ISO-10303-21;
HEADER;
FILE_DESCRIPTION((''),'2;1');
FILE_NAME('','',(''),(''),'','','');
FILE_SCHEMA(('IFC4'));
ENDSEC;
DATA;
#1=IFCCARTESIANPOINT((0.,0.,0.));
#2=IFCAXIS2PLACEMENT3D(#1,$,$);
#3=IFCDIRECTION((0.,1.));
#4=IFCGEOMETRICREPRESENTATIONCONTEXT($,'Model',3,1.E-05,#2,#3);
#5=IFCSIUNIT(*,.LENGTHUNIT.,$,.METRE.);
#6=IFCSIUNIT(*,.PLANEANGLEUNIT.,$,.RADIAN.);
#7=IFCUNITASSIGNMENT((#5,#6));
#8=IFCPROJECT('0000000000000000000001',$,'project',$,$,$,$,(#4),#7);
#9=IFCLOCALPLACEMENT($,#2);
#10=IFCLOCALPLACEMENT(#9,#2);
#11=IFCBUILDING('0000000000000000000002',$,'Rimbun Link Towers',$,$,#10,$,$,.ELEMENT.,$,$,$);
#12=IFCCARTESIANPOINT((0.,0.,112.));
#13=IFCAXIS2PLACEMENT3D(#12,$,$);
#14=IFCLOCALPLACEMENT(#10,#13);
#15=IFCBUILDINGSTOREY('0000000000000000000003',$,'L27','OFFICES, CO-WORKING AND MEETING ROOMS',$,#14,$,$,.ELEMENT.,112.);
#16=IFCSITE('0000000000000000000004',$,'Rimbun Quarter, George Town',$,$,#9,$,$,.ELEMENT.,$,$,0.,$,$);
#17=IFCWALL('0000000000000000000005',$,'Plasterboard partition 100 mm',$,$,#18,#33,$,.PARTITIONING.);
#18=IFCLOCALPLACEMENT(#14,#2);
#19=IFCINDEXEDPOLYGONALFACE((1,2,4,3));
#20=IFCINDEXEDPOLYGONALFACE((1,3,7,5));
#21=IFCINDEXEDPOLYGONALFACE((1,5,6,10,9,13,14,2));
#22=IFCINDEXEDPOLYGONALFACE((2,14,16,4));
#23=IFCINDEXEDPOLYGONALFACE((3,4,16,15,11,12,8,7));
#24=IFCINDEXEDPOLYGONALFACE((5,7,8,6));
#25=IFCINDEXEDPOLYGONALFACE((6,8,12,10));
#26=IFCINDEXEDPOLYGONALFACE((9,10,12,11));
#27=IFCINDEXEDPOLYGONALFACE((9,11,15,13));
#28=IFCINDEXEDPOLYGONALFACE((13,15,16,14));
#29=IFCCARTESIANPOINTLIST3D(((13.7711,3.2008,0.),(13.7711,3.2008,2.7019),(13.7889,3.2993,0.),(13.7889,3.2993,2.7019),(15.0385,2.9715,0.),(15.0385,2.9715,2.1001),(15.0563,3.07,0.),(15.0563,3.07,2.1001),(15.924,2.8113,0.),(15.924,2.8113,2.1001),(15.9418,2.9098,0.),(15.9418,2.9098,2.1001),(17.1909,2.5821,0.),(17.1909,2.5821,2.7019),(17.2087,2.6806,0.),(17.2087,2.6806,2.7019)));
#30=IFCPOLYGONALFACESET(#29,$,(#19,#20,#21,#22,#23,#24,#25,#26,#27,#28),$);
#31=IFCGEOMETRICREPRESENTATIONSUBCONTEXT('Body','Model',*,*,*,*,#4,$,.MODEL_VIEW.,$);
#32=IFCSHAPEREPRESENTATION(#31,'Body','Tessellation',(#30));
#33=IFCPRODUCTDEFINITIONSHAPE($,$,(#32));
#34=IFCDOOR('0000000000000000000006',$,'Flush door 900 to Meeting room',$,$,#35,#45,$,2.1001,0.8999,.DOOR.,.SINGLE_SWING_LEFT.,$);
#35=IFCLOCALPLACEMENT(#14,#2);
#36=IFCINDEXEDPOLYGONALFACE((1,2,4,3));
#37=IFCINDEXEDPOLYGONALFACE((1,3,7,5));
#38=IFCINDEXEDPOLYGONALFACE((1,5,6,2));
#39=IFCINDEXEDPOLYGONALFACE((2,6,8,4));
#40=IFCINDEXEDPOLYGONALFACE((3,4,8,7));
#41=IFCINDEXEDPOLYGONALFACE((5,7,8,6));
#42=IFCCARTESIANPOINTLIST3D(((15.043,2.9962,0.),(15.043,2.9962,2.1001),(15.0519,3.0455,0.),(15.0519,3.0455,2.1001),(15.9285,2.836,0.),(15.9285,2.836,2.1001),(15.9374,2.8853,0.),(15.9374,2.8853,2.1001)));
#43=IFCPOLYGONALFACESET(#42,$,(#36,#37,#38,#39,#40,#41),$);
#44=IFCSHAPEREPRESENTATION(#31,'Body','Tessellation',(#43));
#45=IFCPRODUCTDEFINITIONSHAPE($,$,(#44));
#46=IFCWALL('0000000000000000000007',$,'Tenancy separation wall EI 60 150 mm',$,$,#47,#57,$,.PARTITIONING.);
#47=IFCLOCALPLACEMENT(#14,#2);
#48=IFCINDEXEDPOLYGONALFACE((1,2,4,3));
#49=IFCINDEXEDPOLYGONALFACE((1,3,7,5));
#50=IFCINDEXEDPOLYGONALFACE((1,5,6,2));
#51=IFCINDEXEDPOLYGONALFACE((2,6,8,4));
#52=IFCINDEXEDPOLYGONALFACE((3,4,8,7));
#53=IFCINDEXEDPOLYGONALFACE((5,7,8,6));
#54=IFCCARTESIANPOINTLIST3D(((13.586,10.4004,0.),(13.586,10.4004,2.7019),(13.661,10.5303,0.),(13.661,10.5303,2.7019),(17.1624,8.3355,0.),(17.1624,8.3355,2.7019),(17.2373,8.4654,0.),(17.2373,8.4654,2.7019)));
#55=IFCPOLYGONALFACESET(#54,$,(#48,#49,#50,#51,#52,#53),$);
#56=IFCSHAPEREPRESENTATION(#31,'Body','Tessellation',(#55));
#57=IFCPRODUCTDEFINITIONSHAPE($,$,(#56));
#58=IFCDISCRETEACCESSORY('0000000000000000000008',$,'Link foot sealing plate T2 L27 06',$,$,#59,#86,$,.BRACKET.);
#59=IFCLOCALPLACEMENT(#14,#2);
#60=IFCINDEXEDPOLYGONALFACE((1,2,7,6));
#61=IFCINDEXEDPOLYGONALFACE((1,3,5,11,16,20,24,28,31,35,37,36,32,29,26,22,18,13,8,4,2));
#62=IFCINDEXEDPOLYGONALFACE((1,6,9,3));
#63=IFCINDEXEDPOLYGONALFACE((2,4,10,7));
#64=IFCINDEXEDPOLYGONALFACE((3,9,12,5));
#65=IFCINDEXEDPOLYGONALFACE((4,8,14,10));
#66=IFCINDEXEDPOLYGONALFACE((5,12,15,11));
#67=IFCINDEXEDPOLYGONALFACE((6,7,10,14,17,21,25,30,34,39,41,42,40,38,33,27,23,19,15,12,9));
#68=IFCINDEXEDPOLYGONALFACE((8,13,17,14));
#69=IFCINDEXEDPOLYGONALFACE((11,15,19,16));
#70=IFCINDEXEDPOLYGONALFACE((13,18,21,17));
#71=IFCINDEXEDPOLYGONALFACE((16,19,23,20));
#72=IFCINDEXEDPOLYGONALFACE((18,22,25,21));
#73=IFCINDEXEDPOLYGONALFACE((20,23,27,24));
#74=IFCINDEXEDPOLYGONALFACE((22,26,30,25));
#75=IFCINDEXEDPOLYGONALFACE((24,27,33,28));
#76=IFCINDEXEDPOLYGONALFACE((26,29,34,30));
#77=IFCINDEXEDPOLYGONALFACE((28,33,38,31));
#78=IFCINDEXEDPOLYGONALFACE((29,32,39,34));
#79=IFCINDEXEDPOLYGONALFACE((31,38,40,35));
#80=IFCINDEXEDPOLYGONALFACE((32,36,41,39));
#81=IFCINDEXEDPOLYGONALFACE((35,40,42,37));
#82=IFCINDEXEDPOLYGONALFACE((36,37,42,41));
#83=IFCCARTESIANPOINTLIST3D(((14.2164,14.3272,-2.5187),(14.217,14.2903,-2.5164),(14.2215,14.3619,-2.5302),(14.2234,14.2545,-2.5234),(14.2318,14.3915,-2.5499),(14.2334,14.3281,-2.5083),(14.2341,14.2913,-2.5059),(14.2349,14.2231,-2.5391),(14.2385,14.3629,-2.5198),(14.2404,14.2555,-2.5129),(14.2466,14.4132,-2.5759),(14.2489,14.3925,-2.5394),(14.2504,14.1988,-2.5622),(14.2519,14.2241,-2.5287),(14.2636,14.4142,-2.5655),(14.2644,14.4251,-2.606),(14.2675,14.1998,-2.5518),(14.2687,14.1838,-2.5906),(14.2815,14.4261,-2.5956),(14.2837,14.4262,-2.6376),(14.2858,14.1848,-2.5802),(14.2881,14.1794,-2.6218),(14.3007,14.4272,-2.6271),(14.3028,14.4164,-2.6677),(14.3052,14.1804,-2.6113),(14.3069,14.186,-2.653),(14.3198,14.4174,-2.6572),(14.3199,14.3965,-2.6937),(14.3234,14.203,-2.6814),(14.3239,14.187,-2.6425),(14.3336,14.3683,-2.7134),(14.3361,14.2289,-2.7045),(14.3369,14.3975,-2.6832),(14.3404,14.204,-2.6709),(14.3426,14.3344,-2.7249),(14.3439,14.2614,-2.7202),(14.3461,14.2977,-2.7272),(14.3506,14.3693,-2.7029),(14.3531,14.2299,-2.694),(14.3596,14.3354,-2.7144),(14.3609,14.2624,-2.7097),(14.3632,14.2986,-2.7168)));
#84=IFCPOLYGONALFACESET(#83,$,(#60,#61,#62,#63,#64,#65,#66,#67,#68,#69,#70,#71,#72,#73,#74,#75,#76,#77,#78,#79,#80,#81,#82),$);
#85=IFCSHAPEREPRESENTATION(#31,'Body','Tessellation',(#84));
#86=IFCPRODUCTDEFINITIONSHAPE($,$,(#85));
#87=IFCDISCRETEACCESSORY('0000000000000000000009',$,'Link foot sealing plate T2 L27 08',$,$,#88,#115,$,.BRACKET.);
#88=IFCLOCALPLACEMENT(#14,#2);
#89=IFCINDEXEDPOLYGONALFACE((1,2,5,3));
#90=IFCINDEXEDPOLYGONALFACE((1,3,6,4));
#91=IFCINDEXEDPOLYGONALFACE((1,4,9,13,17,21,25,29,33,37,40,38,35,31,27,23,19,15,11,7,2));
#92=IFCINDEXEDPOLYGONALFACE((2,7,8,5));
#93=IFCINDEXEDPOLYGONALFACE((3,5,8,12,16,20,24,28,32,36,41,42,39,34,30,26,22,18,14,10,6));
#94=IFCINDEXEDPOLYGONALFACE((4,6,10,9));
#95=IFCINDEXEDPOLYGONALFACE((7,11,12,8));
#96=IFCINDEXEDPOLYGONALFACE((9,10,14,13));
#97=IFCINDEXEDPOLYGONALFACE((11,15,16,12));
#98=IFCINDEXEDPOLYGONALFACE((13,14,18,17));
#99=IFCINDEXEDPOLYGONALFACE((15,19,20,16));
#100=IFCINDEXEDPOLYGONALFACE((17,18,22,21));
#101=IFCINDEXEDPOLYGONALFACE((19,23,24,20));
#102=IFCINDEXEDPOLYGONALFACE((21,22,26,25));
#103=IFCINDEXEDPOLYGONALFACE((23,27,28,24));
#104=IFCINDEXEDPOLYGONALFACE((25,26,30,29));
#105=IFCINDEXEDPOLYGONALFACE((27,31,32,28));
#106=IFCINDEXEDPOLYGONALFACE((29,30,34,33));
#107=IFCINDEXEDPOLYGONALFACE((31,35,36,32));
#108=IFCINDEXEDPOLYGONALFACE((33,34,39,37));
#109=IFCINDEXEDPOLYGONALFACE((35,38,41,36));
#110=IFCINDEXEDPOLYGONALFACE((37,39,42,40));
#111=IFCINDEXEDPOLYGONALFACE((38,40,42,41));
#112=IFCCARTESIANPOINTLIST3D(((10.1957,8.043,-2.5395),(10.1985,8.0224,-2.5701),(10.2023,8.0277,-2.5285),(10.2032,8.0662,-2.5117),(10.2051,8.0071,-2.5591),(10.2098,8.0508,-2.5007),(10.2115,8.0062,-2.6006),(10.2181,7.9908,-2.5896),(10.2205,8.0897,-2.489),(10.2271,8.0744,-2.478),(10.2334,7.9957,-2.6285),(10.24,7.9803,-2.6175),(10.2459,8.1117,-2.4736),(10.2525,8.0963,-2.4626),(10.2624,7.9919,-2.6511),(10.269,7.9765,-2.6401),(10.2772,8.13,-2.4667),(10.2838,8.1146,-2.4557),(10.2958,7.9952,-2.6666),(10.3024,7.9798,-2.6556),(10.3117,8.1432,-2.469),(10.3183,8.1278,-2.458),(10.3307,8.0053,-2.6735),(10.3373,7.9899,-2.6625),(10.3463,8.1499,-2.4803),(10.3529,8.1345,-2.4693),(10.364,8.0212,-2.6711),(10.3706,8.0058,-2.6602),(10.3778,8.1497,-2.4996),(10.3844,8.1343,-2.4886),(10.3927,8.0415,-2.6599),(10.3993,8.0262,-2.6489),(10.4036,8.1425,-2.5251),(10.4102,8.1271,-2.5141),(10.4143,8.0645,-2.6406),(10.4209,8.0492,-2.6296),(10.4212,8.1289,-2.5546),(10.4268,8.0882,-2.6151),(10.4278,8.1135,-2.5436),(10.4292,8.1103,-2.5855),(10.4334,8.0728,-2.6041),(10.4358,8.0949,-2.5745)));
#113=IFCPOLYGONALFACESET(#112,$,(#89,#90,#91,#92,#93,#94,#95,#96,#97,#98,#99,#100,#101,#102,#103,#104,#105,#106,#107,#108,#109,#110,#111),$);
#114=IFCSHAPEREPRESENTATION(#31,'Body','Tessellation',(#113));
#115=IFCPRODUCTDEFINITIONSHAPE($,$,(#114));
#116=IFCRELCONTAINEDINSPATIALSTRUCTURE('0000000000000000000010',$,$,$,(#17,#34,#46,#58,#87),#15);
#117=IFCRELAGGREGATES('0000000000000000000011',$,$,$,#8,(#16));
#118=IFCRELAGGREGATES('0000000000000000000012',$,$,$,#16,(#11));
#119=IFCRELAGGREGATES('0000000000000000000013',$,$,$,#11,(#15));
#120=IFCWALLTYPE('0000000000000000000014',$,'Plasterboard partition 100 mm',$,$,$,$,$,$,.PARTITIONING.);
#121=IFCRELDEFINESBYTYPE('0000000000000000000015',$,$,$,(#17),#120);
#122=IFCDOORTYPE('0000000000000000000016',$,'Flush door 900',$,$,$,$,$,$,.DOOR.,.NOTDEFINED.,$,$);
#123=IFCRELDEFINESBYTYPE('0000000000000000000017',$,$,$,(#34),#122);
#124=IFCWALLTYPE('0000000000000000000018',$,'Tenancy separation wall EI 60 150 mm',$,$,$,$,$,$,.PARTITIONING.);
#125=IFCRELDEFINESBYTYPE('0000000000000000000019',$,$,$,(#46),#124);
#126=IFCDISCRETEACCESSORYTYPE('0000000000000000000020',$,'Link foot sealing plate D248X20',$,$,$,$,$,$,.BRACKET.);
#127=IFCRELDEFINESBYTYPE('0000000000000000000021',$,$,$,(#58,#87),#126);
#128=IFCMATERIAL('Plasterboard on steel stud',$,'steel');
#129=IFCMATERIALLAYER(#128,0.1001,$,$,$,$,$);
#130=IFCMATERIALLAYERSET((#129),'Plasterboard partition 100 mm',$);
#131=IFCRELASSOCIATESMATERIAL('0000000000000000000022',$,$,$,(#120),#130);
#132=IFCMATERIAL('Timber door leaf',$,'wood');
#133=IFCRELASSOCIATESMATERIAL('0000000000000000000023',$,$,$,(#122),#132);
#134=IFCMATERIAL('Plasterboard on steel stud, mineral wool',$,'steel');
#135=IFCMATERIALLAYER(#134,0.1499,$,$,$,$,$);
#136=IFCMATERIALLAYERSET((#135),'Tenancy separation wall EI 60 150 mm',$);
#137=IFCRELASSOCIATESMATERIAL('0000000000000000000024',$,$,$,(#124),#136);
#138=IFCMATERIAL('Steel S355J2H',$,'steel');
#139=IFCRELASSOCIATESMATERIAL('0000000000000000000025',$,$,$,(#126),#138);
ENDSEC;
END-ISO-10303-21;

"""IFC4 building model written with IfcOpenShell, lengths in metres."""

from ifc_helpers import new_model, si_unit, direction, frame, frame_2d, origin, origin_2d, place, context, subcontext, project, spatial, rectangle, circle, extrude, material, layer, layer_set, material_profile, profile_set, type_object, element, fill, save


model = new_model("IFC4")

# Units and contexts
model_context = context("Model", 3, precision=1e-05, world=origin(), true_north=direction((0.0, 1.0)))
body_context = subcontext(model_context, "Body", "Model", "MODEL_VIEW")
ifc_project = project(units=[si_unit("LENGTHUNIT", "METRE"), si_unit("PLANEANGLEUNIT", "RADIAN")], contexts=[model_context])

# Site, building, storey
site_placement = place(None, origin())
site = spatial("IfcSite", under=ifc_project, at=site_placement, Name="Rimbun Quarter, George Town", CompositionType="ELEMENT", RefElevation=0.0)
building_placement = place(site_placement, origin())
building = spatial("IfcBuilding", under=site, at=building_placement, Name="Rimbun Link Towers", CompositionType="ELEMENT")
storey_placement = place(building_placement, frame((0.0, 0.0, 112.0)))
storey = spatial("IfcBuildingStorey", under=building, at=storey_placement, Name="L27", Description="OFFICES, CO-WORKING AND MEETING ROOMS", CompositionType="ELEMENT", Elevation=112.0)

# Shared definitions
ifc_material_1 = material(Name="Plasterboard on steel stud", Category="steel")
ifc_layer_1 = layer(ifc_material_1, 0.1001)
ifc_layer_set_1 = layer_set([ifc_layer_1], Name="Plasterboard partition 100 mm")
wall_type_1 = type_object("IfcWallType", Name="Plasterboard partition 100 mm", PredefinedType="PARTITIONING", material=ifc_layer_set_1)

# Wall, opening, door
wall_1_placement = place(storey_placement, frame((17.2, 2.6313, 0.0), z_axis=(0.0, 0.0, 1.0), x_axis=(-0.984029, 0.178008, 0.0)))
wall_1 = element("IfcWall", 1, at=wall_1_placement, inside=storey, type_object=wall_type_1, Name="Plasterboard partition 100 mm", PredefinedType="PARTITIONING", context=body_context, shape_type="SweptSolid", body=[
    extrude(rectangle(XDim=3.4753, YDim=0.1001, at=frame_2d((1.7378, 0.0))), origin(), (0.0, 0.0, 1.0), 2.7019),
])
opening_1_placement = place(wall_1_placement, frame((1.2876, 0.0, 0.0)))
opening_1 = element("IfcOpeningElement", 2, at=opening_1_placement, cuts=wall_1, PredefinedType="OPENING", context=body_context, shape_type="SweptSolid", body=[
    extrude(rectangle(XDim=0.8999, YDim=2.1001, at=frame_2d((0.45, 1.05))), frame((0.0, 0.0601, 0.0), z_axis=(0.0, -1.0, 0.0), x_axis=(1.0, 0.0, 0.0)), (0.0, 0.0, 1.0), 0.1201),
])
ifc_material_2 = material(Name="Timber door leaf", Category="wood")
door_type_1 = type_object("IfcDoorType", Name="Flush door 900", OperationType="NOTDEFINED", PredefinedType="DOOR", material=ifc_material_2)
door_1_placement = place(opening_1_placement, origin())
door_1 = element("IfcDoor", 3, at=door_1_placement, inside=storey, type_object=door_type_1, Name="Flush door 900 to Meeting room", OperationType="SINGLE_SWING_LEFT", OverallHeight=2.1001, OverallWidth=0.8999, PredefinedType="DOOR", context=body_context, shape_type="SweptSolid", body=[
    extrude(rectangle(XDim=0.8999, YDim=2.1001, at=frame_2d((0.45, 1.05))), frame((0.0, 0.0249, 0.0), z_axis=(0.0, -1.0, 0.0), x_axis=(1.0, 0.0, 0.0)), (0.0, 0.0, 1.0), 0.05),
])
fill(opening_1, door_1)

# Wall
ifc_material_3 = material(Name="Plasterboard on steel stud, mineral wool", Category="steel")
ifc_layer_2 = layer(ifc_material_3, 0.1499)
ifc_layer_set_2 = layer_set([ifc_layer_2], Name="Tenancy separation wall EI 60 150 mm")
wall_type_2 = type_object("IfcWallType", Name="Tenancy separation wall EI 60 150 mm", PredefinedType="PARTITIONING", material=ifc_layer_set_2)
wall_2_placement = place(storey_placement, frame((17.2, 8.4004, 0.0), z_axis=(0.0, 0.0, 1.0), x_axis=(-0.866015, 0.500018, 0.0)))
element("IfcWall", 4, at=wall_2_placement, inside=storey, type_object=wall_type_2, Name="Tenancy separation wall EI 60 150 mm", PredefinedType="PARTITIONING", context=body_context, shape_type="SweptSolid", body=[
    extrude(rectangle(XDim=4.1296, YDim=0.1499, at=frame_2d((2.0649, 0.0))), origin(), (0.0, 0.0, 1.0), 2.7019),
])

# Discrete accessories
ifc_material_4 = material(Name="Steel S355J2H", Category="steel")
ifc_material_profile_1 = material_profile(ifc_material_4, circle(Radius=0.124, at=origin_2d()), Name="PL D248")
ifc_profile_set_1 = profile_set([ifc_material_profile_1], Name="Steel S355J2H")
discrete_accessory_type = type_object("IfcDiscreteAccessoryType", Name="Link foot sealing plate D248X20", PredefinedType="BRACKET", material=ifc_profile_set_1)
for number, where, z_axis, x_axis, name in (
    (5, (14.2981, 14.3042, -2.6113), (-0.851068, -0.048632, -0.522799), (0.05705, -0.998371, 0.0), "Link foot sealing plate T2 L27 06"),
    (6, (10.3191, 8.0559, -2.5591), (-0.329293, 0.76835, -0.548821), (-0.919145, -0.393919, 0.0), "Link foot sealing plate T2 L27 08"),
):
    element("IfcDiscreteAccessory", number, at=place(storey_placement, frame(where, z_axis=z_axis, x_axis=x_axis)), inside=storey, type_object=discrete_accessory_type, Name=name, PredefinedType="BRACKET", context=body_context, shape_type="SweptSolid", body=[
        extrude(circle(Radius=0.124, at=origin_2d()), origin(), (0.0, 0.0, 1.0), 0.02),
    ])

save(model, "model.ifc")
